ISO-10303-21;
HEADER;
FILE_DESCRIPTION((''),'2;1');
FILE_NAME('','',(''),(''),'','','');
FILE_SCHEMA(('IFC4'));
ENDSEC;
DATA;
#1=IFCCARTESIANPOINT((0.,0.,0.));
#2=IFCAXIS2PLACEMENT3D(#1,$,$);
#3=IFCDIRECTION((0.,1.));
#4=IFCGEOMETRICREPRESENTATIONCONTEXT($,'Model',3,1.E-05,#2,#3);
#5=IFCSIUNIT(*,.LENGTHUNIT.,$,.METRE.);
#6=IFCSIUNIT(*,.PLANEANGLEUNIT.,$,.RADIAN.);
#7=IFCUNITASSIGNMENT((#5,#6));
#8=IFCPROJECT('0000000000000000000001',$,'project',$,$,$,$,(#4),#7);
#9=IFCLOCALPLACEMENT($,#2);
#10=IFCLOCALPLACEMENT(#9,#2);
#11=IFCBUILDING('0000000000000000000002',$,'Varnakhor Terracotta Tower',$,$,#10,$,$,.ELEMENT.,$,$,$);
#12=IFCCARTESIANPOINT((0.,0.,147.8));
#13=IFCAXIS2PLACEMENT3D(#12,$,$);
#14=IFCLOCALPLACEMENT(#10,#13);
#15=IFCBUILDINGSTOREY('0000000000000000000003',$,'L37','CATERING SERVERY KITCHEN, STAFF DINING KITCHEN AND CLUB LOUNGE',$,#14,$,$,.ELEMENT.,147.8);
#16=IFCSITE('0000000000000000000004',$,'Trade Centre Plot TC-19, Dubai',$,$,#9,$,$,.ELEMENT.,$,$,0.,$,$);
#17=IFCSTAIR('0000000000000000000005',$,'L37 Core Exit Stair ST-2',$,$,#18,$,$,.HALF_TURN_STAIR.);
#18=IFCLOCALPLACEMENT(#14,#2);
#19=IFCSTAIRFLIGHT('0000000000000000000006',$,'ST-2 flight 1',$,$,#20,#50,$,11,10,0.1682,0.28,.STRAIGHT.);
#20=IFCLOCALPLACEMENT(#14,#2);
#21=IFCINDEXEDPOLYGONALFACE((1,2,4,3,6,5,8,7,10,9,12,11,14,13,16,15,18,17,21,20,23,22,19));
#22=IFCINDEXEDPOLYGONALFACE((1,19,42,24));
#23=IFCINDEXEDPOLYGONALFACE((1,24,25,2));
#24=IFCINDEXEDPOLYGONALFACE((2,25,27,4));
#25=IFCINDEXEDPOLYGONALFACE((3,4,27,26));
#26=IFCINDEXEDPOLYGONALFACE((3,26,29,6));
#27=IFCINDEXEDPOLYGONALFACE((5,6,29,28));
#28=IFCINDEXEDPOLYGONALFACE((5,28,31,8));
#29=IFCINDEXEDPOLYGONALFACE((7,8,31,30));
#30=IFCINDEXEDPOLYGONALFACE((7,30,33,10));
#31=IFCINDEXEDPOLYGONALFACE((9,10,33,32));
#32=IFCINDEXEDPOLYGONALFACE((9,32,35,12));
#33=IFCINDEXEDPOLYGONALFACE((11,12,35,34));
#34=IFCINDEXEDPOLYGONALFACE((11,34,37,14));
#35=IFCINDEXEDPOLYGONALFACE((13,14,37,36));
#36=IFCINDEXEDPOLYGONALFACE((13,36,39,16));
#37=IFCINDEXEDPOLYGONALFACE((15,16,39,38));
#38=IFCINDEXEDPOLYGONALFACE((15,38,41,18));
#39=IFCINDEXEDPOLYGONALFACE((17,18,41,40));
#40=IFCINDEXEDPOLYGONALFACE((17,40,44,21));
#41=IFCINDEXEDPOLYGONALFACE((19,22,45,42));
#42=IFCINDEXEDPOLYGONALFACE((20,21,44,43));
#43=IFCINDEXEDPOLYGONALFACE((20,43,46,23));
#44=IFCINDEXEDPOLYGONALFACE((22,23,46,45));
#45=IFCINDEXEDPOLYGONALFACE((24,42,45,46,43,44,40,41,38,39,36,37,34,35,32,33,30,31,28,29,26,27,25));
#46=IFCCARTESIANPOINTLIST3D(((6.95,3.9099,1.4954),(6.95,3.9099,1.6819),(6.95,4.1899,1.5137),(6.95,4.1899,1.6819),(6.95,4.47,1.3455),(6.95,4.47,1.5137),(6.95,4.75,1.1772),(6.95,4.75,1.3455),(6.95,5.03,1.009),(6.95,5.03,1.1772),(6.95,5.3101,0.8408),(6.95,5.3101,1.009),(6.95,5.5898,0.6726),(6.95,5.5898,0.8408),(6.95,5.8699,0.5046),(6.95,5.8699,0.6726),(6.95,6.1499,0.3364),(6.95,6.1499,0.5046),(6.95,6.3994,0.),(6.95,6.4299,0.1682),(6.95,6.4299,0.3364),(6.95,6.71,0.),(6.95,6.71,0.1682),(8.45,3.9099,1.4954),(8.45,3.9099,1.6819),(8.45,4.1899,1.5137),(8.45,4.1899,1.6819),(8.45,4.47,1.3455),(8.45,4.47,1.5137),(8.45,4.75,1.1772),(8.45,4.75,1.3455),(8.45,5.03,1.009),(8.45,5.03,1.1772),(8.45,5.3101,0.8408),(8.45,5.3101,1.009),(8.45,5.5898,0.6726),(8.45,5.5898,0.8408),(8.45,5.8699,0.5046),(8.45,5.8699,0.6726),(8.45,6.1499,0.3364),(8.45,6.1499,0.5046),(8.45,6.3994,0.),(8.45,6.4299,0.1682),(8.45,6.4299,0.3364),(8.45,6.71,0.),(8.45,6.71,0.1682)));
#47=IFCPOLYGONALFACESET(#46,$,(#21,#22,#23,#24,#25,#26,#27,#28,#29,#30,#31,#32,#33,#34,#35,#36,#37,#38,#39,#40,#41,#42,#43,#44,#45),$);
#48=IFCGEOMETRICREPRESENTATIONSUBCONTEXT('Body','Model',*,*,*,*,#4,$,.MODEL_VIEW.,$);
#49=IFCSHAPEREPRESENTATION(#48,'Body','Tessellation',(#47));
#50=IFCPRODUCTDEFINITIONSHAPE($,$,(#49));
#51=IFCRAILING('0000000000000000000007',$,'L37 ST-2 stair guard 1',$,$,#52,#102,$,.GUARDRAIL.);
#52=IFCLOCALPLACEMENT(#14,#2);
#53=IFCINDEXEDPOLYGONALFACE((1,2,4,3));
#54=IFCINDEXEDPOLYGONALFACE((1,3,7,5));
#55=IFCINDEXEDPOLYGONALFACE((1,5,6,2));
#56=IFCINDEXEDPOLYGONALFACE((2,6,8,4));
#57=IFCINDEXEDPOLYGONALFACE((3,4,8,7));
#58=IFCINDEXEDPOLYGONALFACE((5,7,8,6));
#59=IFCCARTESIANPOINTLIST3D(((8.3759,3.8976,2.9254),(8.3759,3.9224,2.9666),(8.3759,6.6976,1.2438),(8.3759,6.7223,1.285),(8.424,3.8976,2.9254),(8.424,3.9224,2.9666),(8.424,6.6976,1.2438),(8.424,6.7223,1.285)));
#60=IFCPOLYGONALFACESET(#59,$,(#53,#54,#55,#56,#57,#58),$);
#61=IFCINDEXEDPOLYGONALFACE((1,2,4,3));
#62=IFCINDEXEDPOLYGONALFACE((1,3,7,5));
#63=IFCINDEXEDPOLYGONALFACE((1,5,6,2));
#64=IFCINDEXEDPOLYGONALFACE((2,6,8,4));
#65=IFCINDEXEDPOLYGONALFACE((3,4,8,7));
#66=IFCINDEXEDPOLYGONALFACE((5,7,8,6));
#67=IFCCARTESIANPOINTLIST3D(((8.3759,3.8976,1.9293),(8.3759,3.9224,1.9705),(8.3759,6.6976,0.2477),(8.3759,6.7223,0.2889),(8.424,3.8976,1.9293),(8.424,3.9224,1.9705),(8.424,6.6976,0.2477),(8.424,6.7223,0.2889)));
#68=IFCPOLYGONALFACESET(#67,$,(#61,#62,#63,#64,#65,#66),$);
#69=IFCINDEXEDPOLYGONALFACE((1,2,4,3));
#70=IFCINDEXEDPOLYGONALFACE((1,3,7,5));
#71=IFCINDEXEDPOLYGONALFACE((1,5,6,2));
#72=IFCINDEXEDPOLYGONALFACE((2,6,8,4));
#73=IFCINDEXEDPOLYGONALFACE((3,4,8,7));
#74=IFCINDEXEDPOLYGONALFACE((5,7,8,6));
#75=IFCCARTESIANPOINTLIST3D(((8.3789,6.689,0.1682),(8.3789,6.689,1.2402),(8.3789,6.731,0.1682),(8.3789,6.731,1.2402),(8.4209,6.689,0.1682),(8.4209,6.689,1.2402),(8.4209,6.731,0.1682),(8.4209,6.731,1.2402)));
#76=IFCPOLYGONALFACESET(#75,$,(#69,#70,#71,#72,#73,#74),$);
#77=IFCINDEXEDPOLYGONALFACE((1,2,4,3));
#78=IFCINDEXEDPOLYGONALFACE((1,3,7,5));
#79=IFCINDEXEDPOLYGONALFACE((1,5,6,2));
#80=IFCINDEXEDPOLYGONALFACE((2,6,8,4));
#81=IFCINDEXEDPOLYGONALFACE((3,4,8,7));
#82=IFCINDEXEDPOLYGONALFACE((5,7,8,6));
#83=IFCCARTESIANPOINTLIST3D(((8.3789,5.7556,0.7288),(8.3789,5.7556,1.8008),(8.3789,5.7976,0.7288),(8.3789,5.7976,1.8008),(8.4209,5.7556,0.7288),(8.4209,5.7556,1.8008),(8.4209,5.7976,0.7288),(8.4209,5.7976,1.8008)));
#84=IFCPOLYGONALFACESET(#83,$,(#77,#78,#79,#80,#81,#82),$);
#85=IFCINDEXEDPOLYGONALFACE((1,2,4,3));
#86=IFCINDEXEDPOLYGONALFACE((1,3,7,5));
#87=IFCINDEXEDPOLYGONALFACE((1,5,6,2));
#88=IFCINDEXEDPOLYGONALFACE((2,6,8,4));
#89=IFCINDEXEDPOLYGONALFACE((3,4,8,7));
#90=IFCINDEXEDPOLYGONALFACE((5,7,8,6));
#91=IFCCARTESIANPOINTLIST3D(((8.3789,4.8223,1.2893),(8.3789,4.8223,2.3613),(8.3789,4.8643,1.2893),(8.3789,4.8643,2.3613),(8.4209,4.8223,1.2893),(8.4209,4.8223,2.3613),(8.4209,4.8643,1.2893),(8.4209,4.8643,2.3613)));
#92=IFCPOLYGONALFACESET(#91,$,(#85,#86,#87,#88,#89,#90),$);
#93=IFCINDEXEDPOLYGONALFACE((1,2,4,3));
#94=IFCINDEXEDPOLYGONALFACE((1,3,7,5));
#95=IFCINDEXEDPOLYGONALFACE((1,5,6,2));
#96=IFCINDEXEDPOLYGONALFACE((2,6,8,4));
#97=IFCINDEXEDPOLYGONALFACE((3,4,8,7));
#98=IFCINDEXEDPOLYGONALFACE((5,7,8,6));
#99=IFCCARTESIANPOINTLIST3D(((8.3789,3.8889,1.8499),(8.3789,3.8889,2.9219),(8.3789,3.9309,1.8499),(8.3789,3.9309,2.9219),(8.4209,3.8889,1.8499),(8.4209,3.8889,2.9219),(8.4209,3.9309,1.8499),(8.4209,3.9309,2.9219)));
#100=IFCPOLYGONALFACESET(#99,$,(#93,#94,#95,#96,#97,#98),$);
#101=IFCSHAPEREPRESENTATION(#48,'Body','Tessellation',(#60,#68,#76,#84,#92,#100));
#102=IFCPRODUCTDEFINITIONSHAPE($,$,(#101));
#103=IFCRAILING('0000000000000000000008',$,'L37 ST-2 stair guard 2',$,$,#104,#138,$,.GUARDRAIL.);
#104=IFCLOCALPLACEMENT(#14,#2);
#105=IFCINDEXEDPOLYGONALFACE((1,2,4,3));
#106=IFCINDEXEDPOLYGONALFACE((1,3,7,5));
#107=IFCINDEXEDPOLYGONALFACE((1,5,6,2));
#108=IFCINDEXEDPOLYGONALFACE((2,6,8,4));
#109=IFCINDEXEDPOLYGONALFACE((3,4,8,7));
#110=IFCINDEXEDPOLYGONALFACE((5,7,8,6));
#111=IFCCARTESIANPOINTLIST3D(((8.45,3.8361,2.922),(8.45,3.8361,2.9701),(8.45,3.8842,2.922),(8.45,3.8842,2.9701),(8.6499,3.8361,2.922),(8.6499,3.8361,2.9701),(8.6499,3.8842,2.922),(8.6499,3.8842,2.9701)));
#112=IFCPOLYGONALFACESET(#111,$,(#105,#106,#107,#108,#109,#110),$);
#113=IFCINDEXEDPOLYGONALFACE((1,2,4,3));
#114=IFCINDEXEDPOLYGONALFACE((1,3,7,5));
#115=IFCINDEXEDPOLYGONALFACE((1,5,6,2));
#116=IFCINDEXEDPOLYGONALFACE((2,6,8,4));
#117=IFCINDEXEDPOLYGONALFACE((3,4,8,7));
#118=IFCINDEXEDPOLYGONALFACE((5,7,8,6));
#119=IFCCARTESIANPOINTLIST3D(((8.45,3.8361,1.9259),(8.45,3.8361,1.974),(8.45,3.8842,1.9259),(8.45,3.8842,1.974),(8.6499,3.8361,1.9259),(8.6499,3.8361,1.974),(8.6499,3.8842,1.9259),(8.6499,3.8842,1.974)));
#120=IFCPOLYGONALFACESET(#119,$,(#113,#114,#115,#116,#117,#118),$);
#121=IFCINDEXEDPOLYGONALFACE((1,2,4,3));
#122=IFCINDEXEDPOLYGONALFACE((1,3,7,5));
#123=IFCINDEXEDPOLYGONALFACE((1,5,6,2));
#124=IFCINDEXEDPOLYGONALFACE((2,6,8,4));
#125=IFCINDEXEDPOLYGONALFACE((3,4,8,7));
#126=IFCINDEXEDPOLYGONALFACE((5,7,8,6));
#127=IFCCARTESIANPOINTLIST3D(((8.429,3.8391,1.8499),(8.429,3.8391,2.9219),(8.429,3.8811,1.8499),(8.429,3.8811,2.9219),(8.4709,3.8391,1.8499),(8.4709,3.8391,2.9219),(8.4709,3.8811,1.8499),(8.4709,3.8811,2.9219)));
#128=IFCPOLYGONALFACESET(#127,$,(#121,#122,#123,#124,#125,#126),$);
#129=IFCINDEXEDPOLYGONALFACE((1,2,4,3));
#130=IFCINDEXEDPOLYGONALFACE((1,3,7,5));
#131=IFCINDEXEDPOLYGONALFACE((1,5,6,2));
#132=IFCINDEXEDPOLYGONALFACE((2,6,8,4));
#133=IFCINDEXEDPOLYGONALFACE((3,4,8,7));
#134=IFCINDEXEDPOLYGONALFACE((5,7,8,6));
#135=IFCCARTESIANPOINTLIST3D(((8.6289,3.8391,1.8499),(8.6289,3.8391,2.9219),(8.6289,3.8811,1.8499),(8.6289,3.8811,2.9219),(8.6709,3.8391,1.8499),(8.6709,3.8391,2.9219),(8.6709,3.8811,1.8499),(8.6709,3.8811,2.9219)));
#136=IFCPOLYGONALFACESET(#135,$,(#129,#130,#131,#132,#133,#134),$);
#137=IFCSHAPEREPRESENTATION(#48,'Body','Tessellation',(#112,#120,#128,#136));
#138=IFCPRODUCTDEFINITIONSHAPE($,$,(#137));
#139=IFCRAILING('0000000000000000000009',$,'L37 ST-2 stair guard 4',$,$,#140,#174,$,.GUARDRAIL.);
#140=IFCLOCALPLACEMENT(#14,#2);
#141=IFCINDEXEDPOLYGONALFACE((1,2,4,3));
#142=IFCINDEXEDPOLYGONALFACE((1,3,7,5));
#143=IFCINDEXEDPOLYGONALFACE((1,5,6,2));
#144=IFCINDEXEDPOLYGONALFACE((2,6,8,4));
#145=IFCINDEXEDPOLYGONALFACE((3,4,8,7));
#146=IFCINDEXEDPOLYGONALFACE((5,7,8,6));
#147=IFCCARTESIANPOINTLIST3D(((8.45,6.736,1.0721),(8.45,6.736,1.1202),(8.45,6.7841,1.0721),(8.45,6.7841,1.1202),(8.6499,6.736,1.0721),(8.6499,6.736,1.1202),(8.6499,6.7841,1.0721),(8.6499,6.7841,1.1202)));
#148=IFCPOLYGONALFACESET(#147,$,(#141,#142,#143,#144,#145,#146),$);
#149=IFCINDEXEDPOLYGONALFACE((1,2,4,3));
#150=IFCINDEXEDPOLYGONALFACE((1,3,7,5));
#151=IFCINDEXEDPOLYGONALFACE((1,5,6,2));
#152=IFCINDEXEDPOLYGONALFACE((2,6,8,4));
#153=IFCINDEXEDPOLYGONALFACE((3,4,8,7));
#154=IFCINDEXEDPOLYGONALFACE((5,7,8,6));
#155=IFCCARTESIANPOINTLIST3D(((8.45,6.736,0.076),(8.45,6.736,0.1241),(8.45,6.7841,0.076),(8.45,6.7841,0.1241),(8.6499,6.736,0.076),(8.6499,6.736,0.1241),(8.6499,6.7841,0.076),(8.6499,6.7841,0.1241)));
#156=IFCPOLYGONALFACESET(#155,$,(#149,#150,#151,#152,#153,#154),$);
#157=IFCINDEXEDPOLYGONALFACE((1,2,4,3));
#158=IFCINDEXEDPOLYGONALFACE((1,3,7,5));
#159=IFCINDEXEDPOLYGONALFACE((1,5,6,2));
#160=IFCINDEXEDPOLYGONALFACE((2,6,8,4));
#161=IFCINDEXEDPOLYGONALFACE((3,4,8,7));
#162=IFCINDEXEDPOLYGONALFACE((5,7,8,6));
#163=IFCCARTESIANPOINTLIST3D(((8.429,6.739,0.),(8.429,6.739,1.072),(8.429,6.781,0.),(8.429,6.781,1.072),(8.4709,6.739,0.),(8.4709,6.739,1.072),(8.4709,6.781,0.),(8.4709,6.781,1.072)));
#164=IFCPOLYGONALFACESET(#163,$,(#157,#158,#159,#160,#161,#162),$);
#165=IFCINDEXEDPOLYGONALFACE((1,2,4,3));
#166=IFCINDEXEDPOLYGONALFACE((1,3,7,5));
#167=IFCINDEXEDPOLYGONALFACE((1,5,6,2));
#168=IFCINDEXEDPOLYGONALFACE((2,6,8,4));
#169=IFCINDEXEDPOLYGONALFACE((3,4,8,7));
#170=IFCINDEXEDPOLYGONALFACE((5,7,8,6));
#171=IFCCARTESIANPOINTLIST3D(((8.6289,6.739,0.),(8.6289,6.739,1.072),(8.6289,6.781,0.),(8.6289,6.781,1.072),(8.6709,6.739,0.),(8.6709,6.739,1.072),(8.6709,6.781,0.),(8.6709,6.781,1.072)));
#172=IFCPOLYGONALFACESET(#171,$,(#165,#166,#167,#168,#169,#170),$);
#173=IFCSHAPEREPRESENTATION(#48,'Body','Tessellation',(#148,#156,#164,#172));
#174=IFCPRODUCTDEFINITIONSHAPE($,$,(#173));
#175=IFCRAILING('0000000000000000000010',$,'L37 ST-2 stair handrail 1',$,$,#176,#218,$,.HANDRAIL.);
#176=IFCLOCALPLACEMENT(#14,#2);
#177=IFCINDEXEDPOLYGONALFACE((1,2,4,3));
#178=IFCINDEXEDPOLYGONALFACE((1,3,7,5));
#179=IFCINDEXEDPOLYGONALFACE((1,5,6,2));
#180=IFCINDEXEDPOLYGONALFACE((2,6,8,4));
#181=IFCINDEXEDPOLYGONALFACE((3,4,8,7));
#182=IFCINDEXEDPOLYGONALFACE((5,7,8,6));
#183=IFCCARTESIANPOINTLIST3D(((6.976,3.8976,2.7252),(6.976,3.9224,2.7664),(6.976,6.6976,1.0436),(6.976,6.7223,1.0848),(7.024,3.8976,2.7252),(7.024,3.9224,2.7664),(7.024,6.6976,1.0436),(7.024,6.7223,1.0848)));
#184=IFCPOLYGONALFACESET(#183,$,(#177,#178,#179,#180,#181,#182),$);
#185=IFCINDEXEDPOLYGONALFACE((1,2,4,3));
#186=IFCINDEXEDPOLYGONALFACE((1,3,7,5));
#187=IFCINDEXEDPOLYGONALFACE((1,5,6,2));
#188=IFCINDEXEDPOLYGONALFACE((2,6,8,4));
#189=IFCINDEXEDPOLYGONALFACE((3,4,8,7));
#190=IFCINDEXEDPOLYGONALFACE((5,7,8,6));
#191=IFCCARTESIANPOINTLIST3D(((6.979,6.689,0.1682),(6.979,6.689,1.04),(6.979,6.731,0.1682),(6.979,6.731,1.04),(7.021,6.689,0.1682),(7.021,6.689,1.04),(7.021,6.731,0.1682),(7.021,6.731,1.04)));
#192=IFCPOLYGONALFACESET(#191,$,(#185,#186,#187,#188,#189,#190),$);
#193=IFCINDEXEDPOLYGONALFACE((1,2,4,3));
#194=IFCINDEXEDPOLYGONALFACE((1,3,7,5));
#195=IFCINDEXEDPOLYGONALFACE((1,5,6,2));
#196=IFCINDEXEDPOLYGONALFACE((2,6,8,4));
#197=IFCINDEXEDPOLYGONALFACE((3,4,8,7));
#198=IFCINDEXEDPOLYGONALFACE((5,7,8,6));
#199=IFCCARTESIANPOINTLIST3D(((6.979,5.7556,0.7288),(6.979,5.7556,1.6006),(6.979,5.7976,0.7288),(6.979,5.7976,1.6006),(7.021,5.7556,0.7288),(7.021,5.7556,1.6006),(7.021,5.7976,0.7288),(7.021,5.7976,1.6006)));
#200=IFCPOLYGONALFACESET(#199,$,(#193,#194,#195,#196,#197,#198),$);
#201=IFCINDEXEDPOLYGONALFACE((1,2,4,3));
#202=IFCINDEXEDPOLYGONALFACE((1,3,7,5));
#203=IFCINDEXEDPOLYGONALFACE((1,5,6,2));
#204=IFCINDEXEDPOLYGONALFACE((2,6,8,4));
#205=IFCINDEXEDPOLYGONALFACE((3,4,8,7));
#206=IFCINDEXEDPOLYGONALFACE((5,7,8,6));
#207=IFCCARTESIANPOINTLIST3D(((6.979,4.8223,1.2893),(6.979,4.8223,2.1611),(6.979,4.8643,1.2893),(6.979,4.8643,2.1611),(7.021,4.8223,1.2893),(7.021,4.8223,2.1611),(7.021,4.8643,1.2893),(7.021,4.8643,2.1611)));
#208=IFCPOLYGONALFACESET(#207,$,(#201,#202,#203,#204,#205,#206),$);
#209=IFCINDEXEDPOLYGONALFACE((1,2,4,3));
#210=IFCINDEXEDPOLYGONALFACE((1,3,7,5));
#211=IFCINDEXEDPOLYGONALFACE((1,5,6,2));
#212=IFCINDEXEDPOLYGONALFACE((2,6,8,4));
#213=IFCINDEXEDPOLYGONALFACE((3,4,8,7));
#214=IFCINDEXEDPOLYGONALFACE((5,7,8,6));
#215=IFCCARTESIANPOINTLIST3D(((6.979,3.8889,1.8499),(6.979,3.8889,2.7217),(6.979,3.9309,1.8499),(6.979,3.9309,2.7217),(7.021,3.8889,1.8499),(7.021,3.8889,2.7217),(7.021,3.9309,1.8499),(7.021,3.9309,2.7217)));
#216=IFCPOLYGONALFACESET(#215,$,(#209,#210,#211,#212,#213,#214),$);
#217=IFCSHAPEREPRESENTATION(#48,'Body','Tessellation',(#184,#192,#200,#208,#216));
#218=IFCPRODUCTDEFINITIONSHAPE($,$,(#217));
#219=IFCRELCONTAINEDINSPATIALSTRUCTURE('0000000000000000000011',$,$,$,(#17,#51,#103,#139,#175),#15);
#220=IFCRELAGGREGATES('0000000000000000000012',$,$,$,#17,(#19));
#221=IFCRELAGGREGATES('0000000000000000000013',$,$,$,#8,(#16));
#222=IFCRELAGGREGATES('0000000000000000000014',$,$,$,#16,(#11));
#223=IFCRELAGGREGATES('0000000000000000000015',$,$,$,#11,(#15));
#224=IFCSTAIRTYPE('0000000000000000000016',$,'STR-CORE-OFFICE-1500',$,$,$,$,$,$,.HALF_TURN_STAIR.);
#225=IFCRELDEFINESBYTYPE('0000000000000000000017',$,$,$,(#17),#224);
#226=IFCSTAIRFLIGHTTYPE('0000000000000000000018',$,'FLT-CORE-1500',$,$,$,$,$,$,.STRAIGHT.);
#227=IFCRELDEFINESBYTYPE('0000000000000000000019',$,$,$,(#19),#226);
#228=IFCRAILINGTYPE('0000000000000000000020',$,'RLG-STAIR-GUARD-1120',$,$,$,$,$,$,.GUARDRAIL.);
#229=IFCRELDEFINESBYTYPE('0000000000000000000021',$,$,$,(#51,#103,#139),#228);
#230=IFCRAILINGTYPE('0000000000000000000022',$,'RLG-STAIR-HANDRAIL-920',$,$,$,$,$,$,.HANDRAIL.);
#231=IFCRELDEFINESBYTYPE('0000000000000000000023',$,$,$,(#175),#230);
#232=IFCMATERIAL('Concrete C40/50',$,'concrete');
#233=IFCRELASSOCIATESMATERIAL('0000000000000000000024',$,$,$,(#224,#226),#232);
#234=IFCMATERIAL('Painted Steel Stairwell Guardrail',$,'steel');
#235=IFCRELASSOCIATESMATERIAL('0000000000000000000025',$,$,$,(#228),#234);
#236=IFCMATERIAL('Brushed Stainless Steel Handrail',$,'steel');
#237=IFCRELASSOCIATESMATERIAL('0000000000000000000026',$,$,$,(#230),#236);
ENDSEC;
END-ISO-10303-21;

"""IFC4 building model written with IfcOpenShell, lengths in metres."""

from ifc_helpers import new_model, si_unit, direction, frame, origin, origin_2d, place, context, subcontext, project, spatial, polyline, rectangle, outline, extrude, material, type_object, element, aggregate, save


model = new_model("IFC4")

# Units and contexts
model_context = context("Model", 3, precision=1e-05, world=origin(), true_north=direction((0.0, 1.0)))
body_context = subcontext(model_context, "Body", "Model", "MODEL_VIEW")
ifc_project = project(units=[si_unit("LENGTHUNIT", "METRE"), si_unit("PLANEANGLEUNIT", "RADIAN")], contexts=[model_context])

# Site, building, storey
site_placement = place(None, origin())
site = spatial("IfcSite", under=ifc_project, at=site_placement, Name="Trade Centre Plot TC-19, Dubai", CompositionType="ELEMENT", RefElevation=0.0)
building_placement = place(site_placement, origin())
building = spatial("IfcBuilding", under=site, at=building_placement, Name="Varnakhor Terracotta Tower", CompositionType="ELEMENT")
storey_placement = place(building_placement, frame((0.0, 0.0, 147.8)))
storey = spatial("IfcBuildingStorey", under=building, at=storey_placement, Name="L37", Description="CATERING SERVERY KITCHEN, STAFF DINING KITCHEN AND CLUB LOUNGE", CompositionType="ELEMENT", Elevation=147.8)

# Stair
ifc_material_1 = material(Name="Concrete C40/50", Category="concrete")
stair_type = type_object("IfcStairType", Name="STR-CORE-OFFICE-1500", PredefinedType="HALF_TURN_STAIR", material=ifc_material_1)
stair_1_placement = place(storey_placement, origin())
stair_1 = element("IfcStair", 1, at=stair_1_placement, inside=storey, type_object=stair_type, Name="L37 Core Exit Stair ST-2", PredefinedType="HALF_TURN_STAIR")

# Stair flight
stair_flight_type = type_object("IfcStairFlightType", Name="FLT-CORE-1500", PredefinedType="STRAIGHT", material=ifc_material_1)
stair_flight_placement = place(storey_placement, frame((7.7, 6.71, 0.0), z_axis=(0.0, 0.0, 1.0), x_axis=(0.0, -1.0, 0.0)))
stair_flight = element("IfcStairFlight", 2, at=stair_flight_placement, type_object=stair_flight_type, Name="ST-2 flight 1", NumberOfRisers=11, NumberOfTreads=10, PredefinedType="STRAIGHT", RiserHeight=0.1682, TreadLength=0.28, context=body_context, shape_type="SweptSolid", body=[
    extrude(outline(polyline([(0.0, 0.0), (0.0, 0.1682), (0.28, 0.1682), (0.28, 0.3364), (0.5601, 0.3364), (0.5601, 0.5046), (0.8401, 0.5046), (0.8401, 0.6726), (1.1201, 0.6726), (1.1201, 0.8408), (1.3999, 0.8408), (1.3999, 1.009), (1.6799, 1.009), (1.6799, 1.1772), (1.96, 1.1772), (1.96, 1.3455), (2.24, 1.3455), (2.24, 1.5137), (2.52, 1.5137), (2.52, 1.6819), (2.8, 1.6819), (2.8, 1.8501), (2.8, 1.4954), (0.3105, 0.0), (0.0, 0.0)])), frame((0.0, 0.75, 0.0), z_axis=(0.0, -1.0, 0.0), x_axis=(1.0, 0.0, 0.0)), (0.0, 0.0, 1.0), 1.5),
])
aggregate(stair_1, [stair_flight])

# Railings
ifc_material_2 = material(Name="Painted Steel Stairwell Guardrail", Category="steel")
railing_type_1 = type_object("IfcRailingType", Name="RLG-STAIR-GUARD-1120", PredefinedType="GUARDRAIL", material=ifc_material_2)
railing_1_placement = place(storey_placement, frame((8.3999, 6.71, 0.1682)))
element("IfcRailing", 3, at=railing_1_placement, inside=storey, type_object=railing_type_1, Name="L37 ST-2 stair guard 1", PredefinedType="GUARDRAIL", context=body_context, shape_type="SweptSolid", body=[
    extrude(rectangle(XDim=0.0481, YDim=0.0481, at=origin_2d()), frame((0.0, 0.0, 1.0962), z_axis=(0.0, -0.857275, 0.514858), x_axis=(1.0, 0.0, 0.0)), (0.0, 0.0, 1.0), 3.2661),
    extrude(rectangle(XDim=0.0481, YDim=0.0481, at=origin_2d()), frame((0.0, 0.0, 0.1001), z_axis=(0.0, -0.857275, 0.514858), x_axis=(1.0, 0.0, 0.0)), (0.0, 0.0, 1.0), 3.2661),
    extrude(rectangle(XDim=0.042, YDim=0.042, at=origin_2d()), origin(), (0.0, 0.0, 1.0), 1.072),
    extrude(rectangle(XDim=0.042, YDim=0.042, at=origin_2d()), frame((0.0, -0.9333, 0.5605)), (0.0, 0.0, 1.0), 1.072),
    extrude(rectangle(XDim=0.042, YDim=0.042, at=origin_2d()), frame((0.0, -1.8667, 1.1211)), (0.0, 0.0, 1.0), 1.072),
    extrude(rectangle(XDim=0.042, YDim=0.042, at=origin_2d()), frame((0.0, -2.8, 1.6816)), (0.0, 0.0, 1.0), 1.072),
])
for number, where, name in (
    (4, (8.45, 3.8601, 1.8499), "L37 ST-2 stair guard 2"),
    (5, (8.45, 6.76, 0.0), "L37 ST-2 stair guard 4"),
):
    element("IfcRailing", number, at=place(storey_placement, frame(where)), inside=storey, type_object=railing_type_1, Name=name, PredefinedType="GUARDRAIL", context=body_context, shape_type="SweptSolid", body=[
        extrude(rectangle(XDim=0.0481, YDim=0.0481, at=origin_2d()), frame((0.0, 0.0, 1.0962), z_axis=(1.0, 0.0, 0.0), x_axis=(0.0, 1.0, 0.0)), (0.0, 0.0, 1.0), 0.2),
        extrude(rectangle(XDim=0.0481, YDim=0.0481, at=origin_2d()), frame((0.0, 0.0, 0.1001), z_axis=(1.0, 0.0, 0.0), x_axis=(0.0, 1.0, 0.0)), (0.0, 0.0, 1.0), 0.2),
        extrude(rectangle(XDim=0.042, YDim=0.042, at=origin_2d()), origin(), (0.0, 0.0, 1.0), 1.072),
        extrude(rectangle(XDim=0.042, YDim=0.042, at=origin_2d()), frame((0.2, 0.0, 0.0)), (0.0, 0.0, 1.0), 1.072),
    ])
ifc_material_3 = material(Name="Brushed Stainless Steel Handrail", Category="steel")
railing_type_2 = type_object("IfcRailingType", Name="RLG-STAIR-HANDRAIL-920", PredefinedType="HANDRAIL", material=ifc_material_3)
railing_2_placement = place(storey_placement, frame((7.0, 6.71, 0.1682)))
element("IfcRailing", 6, at=railing_2_placement, inside=storey, type_object=railing_type_2, Name="L37 ST-2 stair handrail 1", PredefinedType="HANDRAIL", context=body_context, shape_type="SweptSolid", body=[
    extrude(rectangle(XDim=0.0481, YDim=0.0481, at=origin_2d()), frame((0.0, 0.0, 0.896), z_axis=(0.0, -0.857275, 0.514858), x_axis=(1.0, 0.0, 0.0)), (0.0, 0.0, 1.0), 3.2661),
    extrude(rectangle(XDim=0.042, YDim=0.042, at=origin_2d()), origin(), (0.0, 0.0, 1.0), 0.8718),
    extrude(rectangle(XDim=0.042, YDim=0.042, at=origin_2d()), frame((0.0, -0.9333, 0.5605)), (0.0, 0.0, 1.0), 0.8718),
    extrude(rectangle(XDim=0.042, YDim=0.042, at=origin_2d()), frame((0.0, -1.8667, 1.1211)), (0.0, 0.0, 1.0), 0.8718),
    extrude(rectangle(XDim=0.042, YDim=0.042, at=origin_2d()), frame((0.0, -2.8, 1.6816)), (0.0, 0.0, 1.0), 0.8718),
])

save(model, "model.ifc")
